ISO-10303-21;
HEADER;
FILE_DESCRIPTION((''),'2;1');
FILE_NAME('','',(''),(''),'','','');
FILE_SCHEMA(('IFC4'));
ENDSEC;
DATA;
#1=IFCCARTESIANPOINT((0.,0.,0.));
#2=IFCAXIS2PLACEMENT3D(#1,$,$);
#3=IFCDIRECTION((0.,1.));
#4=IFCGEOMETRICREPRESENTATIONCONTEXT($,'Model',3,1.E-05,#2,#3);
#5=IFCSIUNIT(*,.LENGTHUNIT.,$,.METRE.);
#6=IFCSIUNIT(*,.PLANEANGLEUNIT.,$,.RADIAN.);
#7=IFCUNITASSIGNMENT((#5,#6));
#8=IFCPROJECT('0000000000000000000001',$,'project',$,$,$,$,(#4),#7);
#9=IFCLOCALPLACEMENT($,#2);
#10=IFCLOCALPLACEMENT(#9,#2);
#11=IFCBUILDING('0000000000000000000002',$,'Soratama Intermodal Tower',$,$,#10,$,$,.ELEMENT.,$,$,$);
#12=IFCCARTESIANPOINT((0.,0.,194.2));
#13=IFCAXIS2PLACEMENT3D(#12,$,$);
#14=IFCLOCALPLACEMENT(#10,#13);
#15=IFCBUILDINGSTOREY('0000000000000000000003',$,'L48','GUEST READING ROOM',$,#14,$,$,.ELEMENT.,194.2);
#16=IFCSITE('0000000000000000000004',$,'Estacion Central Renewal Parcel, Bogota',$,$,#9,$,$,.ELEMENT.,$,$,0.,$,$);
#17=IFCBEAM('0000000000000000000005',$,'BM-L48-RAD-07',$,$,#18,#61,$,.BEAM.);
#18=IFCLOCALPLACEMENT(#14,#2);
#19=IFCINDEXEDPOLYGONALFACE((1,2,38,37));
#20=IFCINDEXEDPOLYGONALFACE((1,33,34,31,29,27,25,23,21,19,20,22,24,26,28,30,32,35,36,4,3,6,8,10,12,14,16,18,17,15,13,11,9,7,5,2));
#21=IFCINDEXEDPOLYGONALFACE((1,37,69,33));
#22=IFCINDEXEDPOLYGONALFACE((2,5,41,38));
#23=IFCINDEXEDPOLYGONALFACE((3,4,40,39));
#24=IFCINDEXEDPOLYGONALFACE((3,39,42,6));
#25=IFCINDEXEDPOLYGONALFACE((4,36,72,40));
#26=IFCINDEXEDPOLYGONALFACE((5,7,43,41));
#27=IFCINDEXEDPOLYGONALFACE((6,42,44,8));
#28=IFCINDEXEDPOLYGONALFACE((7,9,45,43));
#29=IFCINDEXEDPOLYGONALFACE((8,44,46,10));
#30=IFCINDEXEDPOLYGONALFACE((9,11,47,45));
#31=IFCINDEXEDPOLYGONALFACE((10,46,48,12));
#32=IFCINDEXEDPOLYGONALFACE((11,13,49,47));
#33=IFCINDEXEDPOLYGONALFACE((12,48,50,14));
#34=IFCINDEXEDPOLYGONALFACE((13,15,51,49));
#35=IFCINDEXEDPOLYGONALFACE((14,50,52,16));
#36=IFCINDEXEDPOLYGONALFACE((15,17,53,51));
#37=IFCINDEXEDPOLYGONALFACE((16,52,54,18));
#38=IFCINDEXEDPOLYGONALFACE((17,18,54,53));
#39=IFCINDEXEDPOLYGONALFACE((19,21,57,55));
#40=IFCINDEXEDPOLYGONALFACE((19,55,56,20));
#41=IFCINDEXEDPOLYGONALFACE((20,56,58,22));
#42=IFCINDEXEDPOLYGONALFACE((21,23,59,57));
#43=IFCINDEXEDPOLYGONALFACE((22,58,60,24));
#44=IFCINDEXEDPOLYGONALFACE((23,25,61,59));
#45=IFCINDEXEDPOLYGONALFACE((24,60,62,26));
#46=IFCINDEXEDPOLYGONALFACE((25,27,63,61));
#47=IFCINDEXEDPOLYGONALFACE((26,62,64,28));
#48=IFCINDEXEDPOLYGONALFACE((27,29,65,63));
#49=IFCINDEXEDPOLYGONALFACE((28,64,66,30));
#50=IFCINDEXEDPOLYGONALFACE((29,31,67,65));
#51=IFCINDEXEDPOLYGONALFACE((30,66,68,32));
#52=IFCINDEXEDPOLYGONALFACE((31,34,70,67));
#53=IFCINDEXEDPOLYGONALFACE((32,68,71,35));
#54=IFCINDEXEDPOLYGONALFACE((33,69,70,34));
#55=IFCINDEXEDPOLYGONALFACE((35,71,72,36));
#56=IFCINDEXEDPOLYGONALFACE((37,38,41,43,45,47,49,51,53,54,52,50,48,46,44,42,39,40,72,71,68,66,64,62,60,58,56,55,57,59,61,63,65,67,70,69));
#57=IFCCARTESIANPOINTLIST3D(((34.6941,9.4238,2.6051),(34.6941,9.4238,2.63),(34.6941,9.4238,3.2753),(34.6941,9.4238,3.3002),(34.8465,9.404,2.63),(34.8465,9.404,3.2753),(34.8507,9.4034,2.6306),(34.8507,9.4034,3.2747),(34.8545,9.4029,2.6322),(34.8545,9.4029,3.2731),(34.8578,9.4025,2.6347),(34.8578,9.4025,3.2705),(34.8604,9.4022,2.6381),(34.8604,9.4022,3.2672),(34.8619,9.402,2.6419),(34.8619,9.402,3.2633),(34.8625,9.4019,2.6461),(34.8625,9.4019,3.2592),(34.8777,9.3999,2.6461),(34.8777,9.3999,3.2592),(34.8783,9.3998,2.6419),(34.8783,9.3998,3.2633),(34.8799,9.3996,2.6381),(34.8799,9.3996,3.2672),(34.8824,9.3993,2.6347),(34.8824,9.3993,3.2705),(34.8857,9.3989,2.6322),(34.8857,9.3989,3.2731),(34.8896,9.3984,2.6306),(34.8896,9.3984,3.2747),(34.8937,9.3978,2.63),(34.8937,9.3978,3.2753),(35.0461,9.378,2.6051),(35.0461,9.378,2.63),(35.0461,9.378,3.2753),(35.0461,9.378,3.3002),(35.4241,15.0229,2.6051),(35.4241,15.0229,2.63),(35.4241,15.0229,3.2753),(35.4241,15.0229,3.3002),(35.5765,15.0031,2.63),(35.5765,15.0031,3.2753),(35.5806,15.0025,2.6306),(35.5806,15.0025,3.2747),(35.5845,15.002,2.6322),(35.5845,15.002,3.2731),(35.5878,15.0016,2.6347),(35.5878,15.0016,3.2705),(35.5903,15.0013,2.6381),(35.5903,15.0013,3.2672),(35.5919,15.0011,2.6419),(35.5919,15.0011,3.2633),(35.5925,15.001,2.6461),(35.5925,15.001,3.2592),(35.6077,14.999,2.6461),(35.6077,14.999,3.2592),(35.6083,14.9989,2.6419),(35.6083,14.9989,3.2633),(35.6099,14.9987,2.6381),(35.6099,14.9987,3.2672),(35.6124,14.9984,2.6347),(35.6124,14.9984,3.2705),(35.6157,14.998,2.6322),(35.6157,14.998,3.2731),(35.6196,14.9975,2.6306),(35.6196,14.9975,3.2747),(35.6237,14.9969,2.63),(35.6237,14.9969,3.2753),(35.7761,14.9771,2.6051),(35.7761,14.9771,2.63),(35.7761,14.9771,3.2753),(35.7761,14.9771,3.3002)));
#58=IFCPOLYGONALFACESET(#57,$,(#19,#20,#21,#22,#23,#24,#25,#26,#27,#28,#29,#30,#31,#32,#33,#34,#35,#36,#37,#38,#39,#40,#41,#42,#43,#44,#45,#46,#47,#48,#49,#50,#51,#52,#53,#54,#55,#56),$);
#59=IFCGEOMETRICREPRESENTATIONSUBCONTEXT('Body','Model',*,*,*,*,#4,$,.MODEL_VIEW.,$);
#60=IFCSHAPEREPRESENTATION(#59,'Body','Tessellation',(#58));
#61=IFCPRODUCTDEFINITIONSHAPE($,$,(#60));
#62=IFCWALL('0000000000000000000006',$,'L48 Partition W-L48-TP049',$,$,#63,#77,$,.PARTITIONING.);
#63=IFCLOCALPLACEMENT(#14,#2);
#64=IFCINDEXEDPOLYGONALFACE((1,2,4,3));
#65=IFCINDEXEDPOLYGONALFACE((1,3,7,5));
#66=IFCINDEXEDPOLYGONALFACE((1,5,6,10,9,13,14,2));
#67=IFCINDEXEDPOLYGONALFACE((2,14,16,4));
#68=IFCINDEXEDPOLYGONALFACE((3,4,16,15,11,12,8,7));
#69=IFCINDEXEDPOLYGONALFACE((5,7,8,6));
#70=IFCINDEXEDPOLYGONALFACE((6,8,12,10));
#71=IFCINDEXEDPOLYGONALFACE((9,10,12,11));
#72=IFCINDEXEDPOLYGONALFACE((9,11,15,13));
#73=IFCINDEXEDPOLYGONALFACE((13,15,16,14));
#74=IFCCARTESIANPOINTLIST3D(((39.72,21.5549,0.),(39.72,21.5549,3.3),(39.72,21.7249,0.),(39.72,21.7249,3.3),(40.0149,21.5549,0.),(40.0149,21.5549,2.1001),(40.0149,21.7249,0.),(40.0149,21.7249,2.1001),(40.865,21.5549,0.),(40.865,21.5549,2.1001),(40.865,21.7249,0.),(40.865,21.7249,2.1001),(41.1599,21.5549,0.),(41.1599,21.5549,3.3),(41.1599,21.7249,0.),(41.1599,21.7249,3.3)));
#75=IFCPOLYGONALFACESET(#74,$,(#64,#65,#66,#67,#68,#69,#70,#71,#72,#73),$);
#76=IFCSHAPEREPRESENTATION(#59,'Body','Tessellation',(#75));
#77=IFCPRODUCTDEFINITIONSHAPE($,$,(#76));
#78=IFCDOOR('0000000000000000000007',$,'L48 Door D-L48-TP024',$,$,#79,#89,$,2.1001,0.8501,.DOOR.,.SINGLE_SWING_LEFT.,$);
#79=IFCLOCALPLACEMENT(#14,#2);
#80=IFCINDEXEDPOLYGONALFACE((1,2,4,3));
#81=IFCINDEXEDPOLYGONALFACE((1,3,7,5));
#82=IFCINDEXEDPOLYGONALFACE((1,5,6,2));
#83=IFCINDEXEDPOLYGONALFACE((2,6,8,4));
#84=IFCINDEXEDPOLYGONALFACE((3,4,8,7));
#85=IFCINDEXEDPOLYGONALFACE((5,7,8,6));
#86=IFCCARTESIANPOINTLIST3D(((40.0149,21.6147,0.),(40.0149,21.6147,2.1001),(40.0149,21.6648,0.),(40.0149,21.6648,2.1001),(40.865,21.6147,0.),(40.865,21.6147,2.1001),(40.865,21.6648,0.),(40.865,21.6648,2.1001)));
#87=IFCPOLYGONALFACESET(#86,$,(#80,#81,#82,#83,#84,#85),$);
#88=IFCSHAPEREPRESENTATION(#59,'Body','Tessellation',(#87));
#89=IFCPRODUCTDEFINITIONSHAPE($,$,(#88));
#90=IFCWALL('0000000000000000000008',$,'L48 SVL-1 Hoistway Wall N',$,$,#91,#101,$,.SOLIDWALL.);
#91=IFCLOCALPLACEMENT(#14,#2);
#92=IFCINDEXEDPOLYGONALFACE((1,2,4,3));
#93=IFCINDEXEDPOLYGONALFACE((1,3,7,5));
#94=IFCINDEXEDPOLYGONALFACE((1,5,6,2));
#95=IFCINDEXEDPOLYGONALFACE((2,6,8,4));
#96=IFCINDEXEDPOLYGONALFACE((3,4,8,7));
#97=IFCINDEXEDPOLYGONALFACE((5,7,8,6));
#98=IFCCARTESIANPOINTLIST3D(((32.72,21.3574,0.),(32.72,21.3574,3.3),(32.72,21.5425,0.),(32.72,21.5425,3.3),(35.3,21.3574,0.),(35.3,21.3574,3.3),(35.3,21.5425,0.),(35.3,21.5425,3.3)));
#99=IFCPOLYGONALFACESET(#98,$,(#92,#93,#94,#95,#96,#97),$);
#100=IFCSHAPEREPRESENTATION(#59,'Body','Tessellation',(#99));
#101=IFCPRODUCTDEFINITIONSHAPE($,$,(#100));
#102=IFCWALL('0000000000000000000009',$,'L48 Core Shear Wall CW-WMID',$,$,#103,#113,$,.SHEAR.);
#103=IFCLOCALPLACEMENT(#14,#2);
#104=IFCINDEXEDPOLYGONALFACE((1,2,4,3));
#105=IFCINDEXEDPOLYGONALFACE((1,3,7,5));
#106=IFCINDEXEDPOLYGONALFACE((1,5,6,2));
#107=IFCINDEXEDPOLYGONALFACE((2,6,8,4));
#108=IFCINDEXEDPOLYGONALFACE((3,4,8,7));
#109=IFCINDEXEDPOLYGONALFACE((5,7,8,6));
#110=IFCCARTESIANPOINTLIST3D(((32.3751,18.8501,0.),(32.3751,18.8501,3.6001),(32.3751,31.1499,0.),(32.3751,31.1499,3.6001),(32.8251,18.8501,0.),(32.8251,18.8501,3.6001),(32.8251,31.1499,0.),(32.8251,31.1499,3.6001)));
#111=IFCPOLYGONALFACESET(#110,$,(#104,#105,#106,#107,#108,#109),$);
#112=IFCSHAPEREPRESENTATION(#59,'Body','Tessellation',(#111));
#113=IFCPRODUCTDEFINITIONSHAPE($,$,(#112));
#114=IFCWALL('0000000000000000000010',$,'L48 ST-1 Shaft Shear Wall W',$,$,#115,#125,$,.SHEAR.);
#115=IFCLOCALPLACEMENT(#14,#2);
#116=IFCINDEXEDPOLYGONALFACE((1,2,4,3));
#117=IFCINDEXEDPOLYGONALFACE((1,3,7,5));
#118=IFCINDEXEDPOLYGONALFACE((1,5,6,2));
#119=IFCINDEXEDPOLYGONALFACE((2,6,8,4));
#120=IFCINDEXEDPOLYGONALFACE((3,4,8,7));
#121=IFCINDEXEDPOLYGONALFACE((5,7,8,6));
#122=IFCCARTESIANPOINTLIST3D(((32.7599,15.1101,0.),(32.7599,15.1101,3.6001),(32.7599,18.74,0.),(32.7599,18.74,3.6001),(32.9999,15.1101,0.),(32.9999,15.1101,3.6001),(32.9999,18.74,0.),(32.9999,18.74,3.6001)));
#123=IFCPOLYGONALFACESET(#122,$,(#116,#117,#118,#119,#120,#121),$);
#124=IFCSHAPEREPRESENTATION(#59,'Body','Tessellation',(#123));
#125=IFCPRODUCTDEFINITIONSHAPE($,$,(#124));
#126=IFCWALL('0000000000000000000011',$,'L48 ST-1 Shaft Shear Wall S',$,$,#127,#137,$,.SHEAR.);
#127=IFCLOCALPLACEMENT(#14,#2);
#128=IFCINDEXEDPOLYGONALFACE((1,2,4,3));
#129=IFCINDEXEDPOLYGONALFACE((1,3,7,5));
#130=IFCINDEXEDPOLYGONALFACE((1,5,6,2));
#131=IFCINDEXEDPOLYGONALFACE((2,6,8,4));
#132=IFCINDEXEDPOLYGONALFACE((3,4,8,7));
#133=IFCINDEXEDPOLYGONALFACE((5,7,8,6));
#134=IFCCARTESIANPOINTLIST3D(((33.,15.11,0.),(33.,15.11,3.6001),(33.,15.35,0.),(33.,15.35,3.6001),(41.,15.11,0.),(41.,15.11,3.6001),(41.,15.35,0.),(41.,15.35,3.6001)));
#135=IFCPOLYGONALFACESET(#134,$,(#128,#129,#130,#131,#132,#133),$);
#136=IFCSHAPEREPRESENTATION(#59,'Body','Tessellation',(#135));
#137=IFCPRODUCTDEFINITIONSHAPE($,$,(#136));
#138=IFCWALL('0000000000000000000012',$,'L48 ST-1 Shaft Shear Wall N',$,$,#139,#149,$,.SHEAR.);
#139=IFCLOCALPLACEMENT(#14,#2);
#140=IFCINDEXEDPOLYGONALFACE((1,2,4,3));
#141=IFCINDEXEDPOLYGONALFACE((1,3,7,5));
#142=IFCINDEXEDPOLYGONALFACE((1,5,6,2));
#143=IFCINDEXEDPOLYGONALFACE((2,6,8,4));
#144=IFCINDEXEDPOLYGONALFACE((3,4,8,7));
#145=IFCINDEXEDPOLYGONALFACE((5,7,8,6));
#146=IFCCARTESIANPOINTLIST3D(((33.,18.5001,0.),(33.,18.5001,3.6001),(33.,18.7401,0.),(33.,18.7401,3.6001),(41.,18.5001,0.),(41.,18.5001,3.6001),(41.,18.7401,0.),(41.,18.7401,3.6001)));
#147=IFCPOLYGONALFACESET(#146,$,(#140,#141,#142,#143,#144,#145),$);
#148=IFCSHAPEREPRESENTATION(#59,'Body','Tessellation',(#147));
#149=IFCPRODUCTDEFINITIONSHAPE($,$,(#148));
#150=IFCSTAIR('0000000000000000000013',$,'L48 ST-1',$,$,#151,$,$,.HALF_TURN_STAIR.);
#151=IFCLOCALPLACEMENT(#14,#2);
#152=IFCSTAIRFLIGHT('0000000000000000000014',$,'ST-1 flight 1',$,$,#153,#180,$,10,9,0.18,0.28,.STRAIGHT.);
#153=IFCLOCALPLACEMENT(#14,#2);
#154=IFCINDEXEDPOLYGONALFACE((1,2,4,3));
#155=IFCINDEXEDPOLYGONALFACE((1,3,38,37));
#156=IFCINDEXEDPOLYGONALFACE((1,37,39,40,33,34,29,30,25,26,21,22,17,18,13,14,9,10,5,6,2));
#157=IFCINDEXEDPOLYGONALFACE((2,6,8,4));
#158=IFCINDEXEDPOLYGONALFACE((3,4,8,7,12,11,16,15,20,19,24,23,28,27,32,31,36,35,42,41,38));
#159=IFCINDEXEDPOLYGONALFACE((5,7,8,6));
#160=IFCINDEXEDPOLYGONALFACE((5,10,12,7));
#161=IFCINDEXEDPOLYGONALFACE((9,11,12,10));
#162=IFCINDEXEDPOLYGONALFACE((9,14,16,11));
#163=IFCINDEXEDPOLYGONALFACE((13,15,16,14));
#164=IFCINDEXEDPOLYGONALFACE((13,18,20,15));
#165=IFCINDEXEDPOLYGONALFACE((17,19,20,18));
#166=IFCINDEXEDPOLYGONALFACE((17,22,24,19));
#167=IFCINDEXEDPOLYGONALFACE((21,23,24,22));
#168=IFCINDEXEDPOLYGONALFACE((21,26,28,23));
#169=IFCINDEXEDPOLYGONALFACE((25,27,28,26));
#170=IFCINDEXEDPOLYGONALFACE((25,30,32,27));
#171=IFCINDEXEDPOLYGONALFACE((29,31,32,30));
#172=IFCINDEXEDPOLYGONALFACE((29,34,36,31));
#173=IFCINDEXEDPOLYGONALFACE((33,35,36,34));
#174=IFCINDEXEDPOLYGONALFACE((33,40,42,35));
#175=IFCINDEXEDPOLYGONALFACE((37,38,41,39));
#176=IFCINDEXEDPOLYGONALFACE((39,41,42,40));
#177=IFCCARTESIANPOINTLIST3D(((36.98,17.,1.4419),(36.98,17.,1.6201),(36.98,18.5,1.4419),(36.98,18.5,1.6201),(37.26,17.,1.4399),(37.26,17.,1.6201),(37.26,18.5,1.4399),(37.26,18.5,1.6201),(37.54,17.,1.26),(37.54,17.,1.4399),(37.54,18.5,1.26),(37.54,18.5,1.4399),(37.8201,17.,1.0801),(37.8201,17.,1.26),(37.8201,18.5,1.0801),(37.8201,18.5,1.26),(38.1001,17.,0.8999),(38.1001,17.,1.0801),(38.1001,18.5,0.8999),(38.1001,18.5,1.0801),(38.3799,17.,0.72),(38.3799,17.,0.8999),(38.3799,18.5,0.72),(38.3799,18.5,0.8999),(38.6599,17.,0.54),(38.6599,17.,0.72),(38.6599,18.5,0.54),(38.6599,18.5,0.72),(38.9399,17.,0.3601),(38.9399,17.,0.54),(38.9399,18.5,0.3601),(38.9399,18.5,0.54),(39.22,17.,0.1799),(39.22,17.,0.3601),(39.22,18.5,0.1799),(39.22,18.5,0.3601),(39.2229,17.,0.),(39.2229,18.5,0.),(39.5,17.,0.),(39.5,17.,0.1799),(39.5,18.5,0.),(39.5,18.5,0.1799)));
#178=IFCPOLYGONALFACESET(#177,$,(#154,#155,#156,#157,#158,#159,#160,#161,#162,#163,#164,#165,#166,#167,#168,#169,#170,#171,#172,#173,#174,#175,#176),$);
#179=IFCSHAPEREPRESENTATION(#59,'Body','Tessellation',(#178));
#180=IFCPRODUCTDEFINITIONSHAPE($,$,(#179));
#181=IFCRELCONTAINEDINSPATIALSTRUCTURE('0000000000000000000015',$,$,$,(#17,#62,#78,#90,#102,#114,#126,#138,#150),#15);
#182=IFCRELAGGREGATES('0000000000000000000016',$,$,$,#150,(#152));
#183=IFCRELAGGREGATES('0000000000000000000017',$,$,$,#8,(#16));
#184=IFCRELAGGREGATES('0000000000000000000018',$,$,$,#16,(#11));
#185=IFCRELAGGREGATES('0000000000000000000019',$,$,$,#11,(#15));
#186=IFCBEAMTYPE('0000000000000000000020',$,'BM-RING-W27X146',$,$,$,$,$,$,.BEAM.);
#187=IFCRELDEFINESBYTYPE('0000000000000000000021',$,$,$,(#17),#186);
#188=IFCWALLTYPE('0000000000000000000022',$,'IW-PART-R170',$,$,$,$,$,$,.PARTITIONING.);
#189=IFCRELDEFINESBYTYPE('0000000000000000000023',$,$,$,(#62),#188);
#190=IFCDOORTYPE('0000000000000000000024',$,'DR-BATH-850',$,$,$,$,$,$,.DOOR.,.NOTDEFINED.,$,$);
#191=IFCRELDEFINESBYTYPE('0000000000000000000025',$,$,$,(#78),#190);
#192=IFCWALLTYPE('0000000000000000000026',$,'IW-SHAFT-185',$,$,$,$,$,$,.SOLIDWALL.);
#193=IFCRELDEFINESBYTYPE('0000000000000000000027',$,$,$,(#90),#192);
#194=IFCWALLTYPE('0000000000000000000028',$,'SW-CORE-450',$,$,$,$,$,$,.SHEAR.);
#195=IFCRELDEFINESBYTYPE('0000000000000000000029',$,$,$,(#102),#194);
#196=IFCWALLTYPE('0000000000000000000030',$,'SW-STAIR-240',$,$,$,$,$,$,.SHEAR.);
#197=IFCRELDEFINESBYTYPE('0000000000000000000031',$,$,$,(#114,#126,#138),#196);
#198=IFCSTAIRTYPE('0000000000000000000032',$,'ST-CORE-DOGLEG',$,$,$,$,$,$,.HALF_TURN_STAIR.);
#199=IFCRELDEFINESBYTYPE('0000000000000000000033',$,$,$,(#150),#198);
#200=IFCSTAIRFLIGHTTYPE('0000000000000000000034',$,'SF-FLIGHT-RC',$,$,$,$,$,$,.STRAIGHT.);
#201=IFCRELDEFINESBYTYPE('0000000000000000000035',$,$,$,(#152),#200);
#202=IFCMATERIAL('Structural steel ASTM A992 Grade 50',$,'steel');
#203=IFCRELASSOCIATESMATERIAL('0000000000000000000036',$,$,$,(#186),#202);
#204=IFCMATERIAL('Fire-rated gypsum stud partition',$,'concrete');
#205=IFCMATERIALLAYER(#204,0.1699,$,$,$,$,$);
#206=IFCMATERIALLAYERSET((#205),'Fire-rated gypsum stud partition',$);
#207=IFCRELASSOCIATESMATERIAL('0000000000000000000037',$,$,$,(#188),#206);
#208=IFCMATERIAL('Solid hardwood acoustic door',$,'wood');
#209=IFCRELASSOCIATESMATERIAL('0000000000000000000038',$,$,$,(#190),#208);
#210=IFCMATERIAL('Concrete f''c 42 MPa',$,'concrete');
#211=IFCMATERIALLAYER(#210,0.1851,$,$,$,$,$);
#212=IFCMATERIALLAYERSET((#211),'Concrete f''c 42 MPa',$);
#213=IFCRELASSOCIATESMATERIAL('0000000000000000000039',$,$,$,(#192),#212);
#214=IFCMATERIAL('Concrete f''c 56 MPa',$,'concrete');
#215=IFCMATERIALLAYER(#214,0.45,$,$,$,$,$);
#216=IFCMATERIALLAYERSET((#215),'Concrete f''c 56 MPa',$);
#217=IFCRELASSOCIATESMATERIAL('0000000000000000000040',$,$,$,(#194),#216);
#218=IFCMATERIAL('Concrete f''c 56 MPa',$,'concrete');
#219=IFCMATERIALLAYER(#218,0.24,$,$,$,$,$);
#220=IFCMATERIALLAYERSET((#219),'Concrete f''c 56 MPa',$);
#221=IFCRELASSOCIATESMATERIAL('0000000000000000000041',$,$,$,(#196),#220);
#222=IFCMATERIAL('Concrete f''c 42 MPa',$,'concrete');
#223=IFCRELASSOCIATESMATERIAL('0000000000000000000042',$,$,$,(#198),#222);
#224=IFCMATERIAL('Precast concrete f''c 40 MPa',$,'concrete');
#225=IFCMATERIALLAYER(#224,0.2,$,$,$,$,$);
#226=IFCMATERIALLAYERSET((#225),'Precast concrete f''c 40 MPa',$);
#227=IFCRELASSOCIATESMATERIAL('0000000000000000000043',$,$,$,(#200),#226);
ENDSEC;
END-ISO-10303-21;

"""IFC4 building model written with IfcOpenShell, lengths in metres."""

from ifc_helpers import new_model, si_unit, direction, frame, frame_2d, origin, origin_2d, place, context, subcontext, project, spatial, polyline, rectangle, i_section, outline, extrude, material, layer, layer_set, material_profile, profile_set, type_object, element, fill, aggregate, save


model = new_model("IFC4")

# Units and contexts
model_context = context("Model", 3, precision=1e-05, world=origin(), true_north=direction((0.0, 1.0)))
body_context = subcontext(model_context, "Body", "Model", "MODEL_VIEW")
ifc_project = project(units=[si_unit("LENGTHUNIT", "METRE"), si_unit("PLANEANGLEUNIT", "RADIAN")], contexts=[model_context])

# Site, building, storey
site_placement = place(None, origin())
site = spatial("IfcSite", under=ifc_project, at=site_placement, Name="Estacion Central Renewal Parcel, Bogota", CompositionType="ELEMENT", RefElevation=0.0)
building_placement = place(site_placement, origin())
building = spatial("IfcBuilding", under=site, at=building_placement, Name="Soratama Intermodal Tower", CompositionType="ELEMENT")
storey_placement = place(building_placement, frame((0.0, 0.0, 194.2)))
storey = spatial("IfcBuildingStorey", under=building, at=storey_placement, Name="L48", Description="GUEST READING ROOM", CompositionType="ELEMENT", Elevation=194.2)

# Beam
ifc_material_1 = material(Name="Structural steel ASTM A992 Grade 50", Category="steel")
ifc_material_profile_1 = material_profile(ifc_material_1, i_section(OverallWidth=0.355, OverallDepth=0.6951, WebThickness=0.0154, FlangeThickness=0.0249, FilletRadius=0.0161, at=origin_2d()), Name="W27X146")
ifc_profile_set_1 = profile_set([ifc_material_profile_1], Name="Structural steel ASTM A992 Grade 50")
beam_type_1 = type_object("IfcBeamType", Name="BM-RING-W27X146", PredefinedType="BEAM", material=ifc_profile_set_1)
beam_1_placement = place(storey_placement, frame((35.6001, 15.0, 2.9526), z_axis=(-0.12928, -0.991608, 0.0), x_axis=(0.991608, -0.12928, 0.0)))
element("IfcBeam", 1, at=beam_1_placement, inside=storey, type_object=beam_type_1, Name="BM-L48-RAD-07", PredefinedType="BEAM", context=body_context, shape_type="SweptSolid", body=[
    extrude(i_section(OverallWidth=0.355, OverallDepth=0.6951, WebThickness=0.0154, FlangeThickness=0.0249, FilletRadius=0.0161, at=origin_2d()), origin(), (0.0, 0.0, 1.0), 5.6465),
])

# Wall, opening, door
ifc_material_2 = material(Name="Fire-rated gypsum stud partition", Category="concrete")
ifc_layer_1 = layer(ifc_material_2, 0.1699)
ifc_layer_set_1 = layer_set([ifc_layer_1], Name="Fire-rated gypsum stud partition")
wall_type_1 = type_object("IfcWallType", Name="IW-PART-R170", PredefinedType="PARTITIONING", material=ifc_layer_set_1)
wall_1_placement = place(storey_placement, frame((39.72, 21.6399, 0.0), z_axis=(0.0, 0.0, 1.0), x_axis=(1.0, 0.0, 0.0)))
wall_1 = element("IfcWall", 2, at=wall_1_placement, inside=storey, type_object=wall_type_1, Name="L48 Partition W-L48-TP049", PredefinedType="PARTITIONING", context=body_context, shape_type="SweptSolid", body=[
    extrude(rectangle(XDim=1.4399, YDim=0.1699, at=frame_2d((0.72, 0.0))), origin(), (0.0, 0.0, 1.0), 3.3),
])
opening_1_placement = place(wall_1_placement, frame((0.2949, 0.0, 0.0)))
opening_1 = element("IfcOpeningElement", 3, at=opening_1_placement, cuts=wall_1, PredefinedType="OPENING", context=body_context, shape_type="SweptSolid", body=[
    extrude(rectangle(XDim=0.8501, YDim=2.1001, at=frame_2d((0.425, 1.05))), frame((0.0, 0.095, 0.0), z_axis=(0.0, -1.0, 0.0), x_axis=(1.0, 0.0, 0.0)), (0.0, 0.0, 1.0), 0.1899),
])
ifc_material_3 = material(Name="Solid hardwood acoustic door", Category="wood")
door_type_1 = type_object("IfcDoorType", Name="DR-BATH-850", OperationType="NOTDEFINED", PredefinedType="DOOR", material=ifc_material_3)
door_1_placement = place(opening_1_placement, origin())
door_1 = element("IfcDoor", 4, at=door_1_placement, inside=storey, type_object=door_type_1, Name="L48 Door D-L48-TP024", OperationType="SINGLE_SWING_LEFT", OverallHeight=2.1001, OverallWidth=0.8501, PredefinedType="DOOR", context=body_context, shape_type="SweptSolid", body=[
    extrude(rectangle(XDim=0.8501, YDim=2.1001, at=frame_2d((0.425, 1.05))), frame((0.0, 0.0249, 0.0), z_axis=(0.0, -1.0, 0.0), x_axis=(1.0, 0.0, 0.0)), (0.0, 0.0, 1.0), 0.05),
])
fill(opening_1, door_1)
ifc_material_4 = material(Name="Concrete f'c 42 MPa", Category="concrete")
ifc_layer_2 = layer(ifc_material_4, 0.1851)
ifc_layer_set_2 = layer_set([ifc_layer_2], Name="Concrete f'c 42 MPa")
wall_type_2 = type_object("IfcWallType", Name="IW-SHAFT-185", PredefinedType="SOLIDWALL", material=ifc_layer_set_2)

# Wall
wall_2_placement = place(storey_placement, frame((32.72, 21.45, 0.0), z_axis=(0.0, 0.0, 1.0), x_axis=(1.0, 0.0, 0.0)))
element("IfcWall", 5, at=wall_2_placement, inside=storey, type_object=wall_type_2, Name="L48 SVL-1 Hoistway Wall N", PredefinedType="SOLIDWALL", context=body_context, shape_type="SweptSolid", body=[
    extrude(rectangle(XDim=2.5801, YDim=0.1851, at=frame_2d((1.29, 0.0))), origin(), (0.0, 0.0, 1.0), 3.3),
])

# Walls
ifc_material_5 = material(Name="Concrete f'c 56 MPa", Category="concrete")
ifc_layer_3 = layer(ifc_material_5, 0.45)
ifc_layer_set_3 = layer_set([ifc_layer_3], Name="Concrete f'c 56 MPa")
wall_type_3 = type_object("IfcWallType", Name="SW-CORE-450", PredefinedType="SHEAR", material=ifc_layer_set_3)
wall_3_placement = place(storey_placement, frame((32.6001, 18.8501, 0.0), z_axis=(0.0, 0.0, 1.0), x_axis=(0.0, 1.0, 0.0)))
element("IfcWall", 6, at=wall_3_placement, inside=storey, type_object=wall_type_3, Name="L48 Core Shear Wall CW-WMID", PredefinedType="SHEAR", context=body_context, shape_type="SweptSolid", body=[
    extrude(rectangle(XDim=12.2998, YDim=0.45, at=frame_2d((6.1499, 0.0))), origin(), (0.0, 0.0, 1.0), 3.6001),
])
ifc_material_6 = material(Name="Concrete f'c 56 MPa", Category="concrete")
ifc_layer_4 = layer(ifc_material_6, 0.24)
ifc_layer_set_4 = layer_set([ifc_layer_4], Name="Concrete f'c 56 MPa")
wall_type_4 = type_object("IfcWallType", Name="SW-STAIR-240", PredefinedType="SHEAR", material=ifc_layer_set_4)
wall_4_placement = place(storey_placement, frame((32.8799, 15.1101, 0.0), z_axis=(0.0, 0.0, 1.0), x_axis=(0.0, 1.0, 0.0)))
element("IfcWall", 7, at=wall_4_placement, inside=storey, type_object=wall_type_4, Name="L48 ST-1 Shaft Shear Wall W", PredefinedType="SHEAR", context=body_context, shape_type="SweptSolid", body=[
    extrude(rectangle(XDim=3.6299, YDim=0.24, at=frame_2d((1.8149, 0.0))), origin(), (0.0, 0.0, 1.0), 3.6001),
])
for number, where, z_axis, x_axis, name in (
    (8, (33.0, 15.23, 0.0), (0.0, 0.0, 1.0), (1.0, 0.0, 0.0), "L48 ST-1 Shaft Shear Wall S"),
    (9, (33.0, 18.6201, 0.0), (0.0, 0.0, 1.0), (1.0, 0.0, 0.0), "L48 ST-1 Shaft Shear Wall N"),
):
    element("IfcWall", number, at=place(storey_placement, frame(where, z_axis=z_axis, x_axis=x_axis)), inside=storey, type_object=wall_type_4, Name=name, PredefinedType="SHEAR", context=body_context, shape_type="SweptSolid", body=[
        extrude(rectangle(XDim=8.0, YDim=0.24, at=frame_2d((4.0, 0.0))), origin(), (0.0, 0.0, 1.0), 3.6001),
    ])

# Stair, stair flight
ifc_material_7 = material(Name="Concrete f'c 42 MPa", Category="concrete")
stair_type = type_object("IfcStairType", Name="ST-CORE-DOGLEG", PredefinedType="HALF_TURN_STAIR", material=ifc_material_7)
stair_placement = place(storey_placement, origin())
stair = element("IfcStair", 10, at=stair_placement, inside=storey, type_object=stair_type, Name="L48 ST-1", PredefinedType="HALF_TURN_STAIR")
ifc_material_8 = material(Name="Precast concrete f'c 40 MPa", Category="concrete")
ifc_layer_5 = layer(ifc_material_8, 0.2)
ifc_layer_set_5 = layer_set([ifc_layer_5], Name="Precast concrete f'c 40 MPa")
stair_flight_type = type_object("IfcStairFlightType", Name="SF-FLIGHT-RC", PredefinedType="STRAIGHT", material=ifc_layer_set_5)
stair_flight_1_placement = place(storey_placement, frame((39.5, 17.75, 0.0), z_axis=(0.0, 0.0, 1.0), x_axis=(-1.0, 0.0, 0.0)))
stair_flight_1 = element("IfcStairFlight", 11, at=stair_flight_1_placement, type_object=stair_flight_type, Name="ST-1 flight 1", NumberOfRisers=10, NumberOfTreads=9, PredefinedType="STRAIGHT", RiserHeight=0.18, TreadLength=0.28, context=body_context, shape_type="SweptSolid", body=[
    extrude(outline(polyline([(0.0, 0.0), (0.0, 0.1799), (0.28, 0.1799), (0.28, 0.3601), (0.5601, 0.3601), (0.5601, 0.54), (0.8401, 0.54), (0.8401, 0.72), (1.1201, 0.72), (1.1201, 0.8999), (1.3999, 0.8999), (1.3999, 1.0801), (1.6799, 1.0801), (1.6799, 1.26), (1.96, 1.26), (1.96, 1.4399), (2.24, 1.4399), (2.24, 1.6201), (2.52, 1.6201), (2.52, 1.8), (2.52, 1.4419), (0.2771, 0.0), (0.0, 0.0)])), frame((0.0, 0.75, 0.0), z_axis=(0.0, -1.0, 0.0), x_axis=(1.0, 0.0, 0.0)), (0.0, 0.0, 1.0), 1.5),
])
aggregate(stair, [stair_flight_1])

save(model, "model.ifc")
